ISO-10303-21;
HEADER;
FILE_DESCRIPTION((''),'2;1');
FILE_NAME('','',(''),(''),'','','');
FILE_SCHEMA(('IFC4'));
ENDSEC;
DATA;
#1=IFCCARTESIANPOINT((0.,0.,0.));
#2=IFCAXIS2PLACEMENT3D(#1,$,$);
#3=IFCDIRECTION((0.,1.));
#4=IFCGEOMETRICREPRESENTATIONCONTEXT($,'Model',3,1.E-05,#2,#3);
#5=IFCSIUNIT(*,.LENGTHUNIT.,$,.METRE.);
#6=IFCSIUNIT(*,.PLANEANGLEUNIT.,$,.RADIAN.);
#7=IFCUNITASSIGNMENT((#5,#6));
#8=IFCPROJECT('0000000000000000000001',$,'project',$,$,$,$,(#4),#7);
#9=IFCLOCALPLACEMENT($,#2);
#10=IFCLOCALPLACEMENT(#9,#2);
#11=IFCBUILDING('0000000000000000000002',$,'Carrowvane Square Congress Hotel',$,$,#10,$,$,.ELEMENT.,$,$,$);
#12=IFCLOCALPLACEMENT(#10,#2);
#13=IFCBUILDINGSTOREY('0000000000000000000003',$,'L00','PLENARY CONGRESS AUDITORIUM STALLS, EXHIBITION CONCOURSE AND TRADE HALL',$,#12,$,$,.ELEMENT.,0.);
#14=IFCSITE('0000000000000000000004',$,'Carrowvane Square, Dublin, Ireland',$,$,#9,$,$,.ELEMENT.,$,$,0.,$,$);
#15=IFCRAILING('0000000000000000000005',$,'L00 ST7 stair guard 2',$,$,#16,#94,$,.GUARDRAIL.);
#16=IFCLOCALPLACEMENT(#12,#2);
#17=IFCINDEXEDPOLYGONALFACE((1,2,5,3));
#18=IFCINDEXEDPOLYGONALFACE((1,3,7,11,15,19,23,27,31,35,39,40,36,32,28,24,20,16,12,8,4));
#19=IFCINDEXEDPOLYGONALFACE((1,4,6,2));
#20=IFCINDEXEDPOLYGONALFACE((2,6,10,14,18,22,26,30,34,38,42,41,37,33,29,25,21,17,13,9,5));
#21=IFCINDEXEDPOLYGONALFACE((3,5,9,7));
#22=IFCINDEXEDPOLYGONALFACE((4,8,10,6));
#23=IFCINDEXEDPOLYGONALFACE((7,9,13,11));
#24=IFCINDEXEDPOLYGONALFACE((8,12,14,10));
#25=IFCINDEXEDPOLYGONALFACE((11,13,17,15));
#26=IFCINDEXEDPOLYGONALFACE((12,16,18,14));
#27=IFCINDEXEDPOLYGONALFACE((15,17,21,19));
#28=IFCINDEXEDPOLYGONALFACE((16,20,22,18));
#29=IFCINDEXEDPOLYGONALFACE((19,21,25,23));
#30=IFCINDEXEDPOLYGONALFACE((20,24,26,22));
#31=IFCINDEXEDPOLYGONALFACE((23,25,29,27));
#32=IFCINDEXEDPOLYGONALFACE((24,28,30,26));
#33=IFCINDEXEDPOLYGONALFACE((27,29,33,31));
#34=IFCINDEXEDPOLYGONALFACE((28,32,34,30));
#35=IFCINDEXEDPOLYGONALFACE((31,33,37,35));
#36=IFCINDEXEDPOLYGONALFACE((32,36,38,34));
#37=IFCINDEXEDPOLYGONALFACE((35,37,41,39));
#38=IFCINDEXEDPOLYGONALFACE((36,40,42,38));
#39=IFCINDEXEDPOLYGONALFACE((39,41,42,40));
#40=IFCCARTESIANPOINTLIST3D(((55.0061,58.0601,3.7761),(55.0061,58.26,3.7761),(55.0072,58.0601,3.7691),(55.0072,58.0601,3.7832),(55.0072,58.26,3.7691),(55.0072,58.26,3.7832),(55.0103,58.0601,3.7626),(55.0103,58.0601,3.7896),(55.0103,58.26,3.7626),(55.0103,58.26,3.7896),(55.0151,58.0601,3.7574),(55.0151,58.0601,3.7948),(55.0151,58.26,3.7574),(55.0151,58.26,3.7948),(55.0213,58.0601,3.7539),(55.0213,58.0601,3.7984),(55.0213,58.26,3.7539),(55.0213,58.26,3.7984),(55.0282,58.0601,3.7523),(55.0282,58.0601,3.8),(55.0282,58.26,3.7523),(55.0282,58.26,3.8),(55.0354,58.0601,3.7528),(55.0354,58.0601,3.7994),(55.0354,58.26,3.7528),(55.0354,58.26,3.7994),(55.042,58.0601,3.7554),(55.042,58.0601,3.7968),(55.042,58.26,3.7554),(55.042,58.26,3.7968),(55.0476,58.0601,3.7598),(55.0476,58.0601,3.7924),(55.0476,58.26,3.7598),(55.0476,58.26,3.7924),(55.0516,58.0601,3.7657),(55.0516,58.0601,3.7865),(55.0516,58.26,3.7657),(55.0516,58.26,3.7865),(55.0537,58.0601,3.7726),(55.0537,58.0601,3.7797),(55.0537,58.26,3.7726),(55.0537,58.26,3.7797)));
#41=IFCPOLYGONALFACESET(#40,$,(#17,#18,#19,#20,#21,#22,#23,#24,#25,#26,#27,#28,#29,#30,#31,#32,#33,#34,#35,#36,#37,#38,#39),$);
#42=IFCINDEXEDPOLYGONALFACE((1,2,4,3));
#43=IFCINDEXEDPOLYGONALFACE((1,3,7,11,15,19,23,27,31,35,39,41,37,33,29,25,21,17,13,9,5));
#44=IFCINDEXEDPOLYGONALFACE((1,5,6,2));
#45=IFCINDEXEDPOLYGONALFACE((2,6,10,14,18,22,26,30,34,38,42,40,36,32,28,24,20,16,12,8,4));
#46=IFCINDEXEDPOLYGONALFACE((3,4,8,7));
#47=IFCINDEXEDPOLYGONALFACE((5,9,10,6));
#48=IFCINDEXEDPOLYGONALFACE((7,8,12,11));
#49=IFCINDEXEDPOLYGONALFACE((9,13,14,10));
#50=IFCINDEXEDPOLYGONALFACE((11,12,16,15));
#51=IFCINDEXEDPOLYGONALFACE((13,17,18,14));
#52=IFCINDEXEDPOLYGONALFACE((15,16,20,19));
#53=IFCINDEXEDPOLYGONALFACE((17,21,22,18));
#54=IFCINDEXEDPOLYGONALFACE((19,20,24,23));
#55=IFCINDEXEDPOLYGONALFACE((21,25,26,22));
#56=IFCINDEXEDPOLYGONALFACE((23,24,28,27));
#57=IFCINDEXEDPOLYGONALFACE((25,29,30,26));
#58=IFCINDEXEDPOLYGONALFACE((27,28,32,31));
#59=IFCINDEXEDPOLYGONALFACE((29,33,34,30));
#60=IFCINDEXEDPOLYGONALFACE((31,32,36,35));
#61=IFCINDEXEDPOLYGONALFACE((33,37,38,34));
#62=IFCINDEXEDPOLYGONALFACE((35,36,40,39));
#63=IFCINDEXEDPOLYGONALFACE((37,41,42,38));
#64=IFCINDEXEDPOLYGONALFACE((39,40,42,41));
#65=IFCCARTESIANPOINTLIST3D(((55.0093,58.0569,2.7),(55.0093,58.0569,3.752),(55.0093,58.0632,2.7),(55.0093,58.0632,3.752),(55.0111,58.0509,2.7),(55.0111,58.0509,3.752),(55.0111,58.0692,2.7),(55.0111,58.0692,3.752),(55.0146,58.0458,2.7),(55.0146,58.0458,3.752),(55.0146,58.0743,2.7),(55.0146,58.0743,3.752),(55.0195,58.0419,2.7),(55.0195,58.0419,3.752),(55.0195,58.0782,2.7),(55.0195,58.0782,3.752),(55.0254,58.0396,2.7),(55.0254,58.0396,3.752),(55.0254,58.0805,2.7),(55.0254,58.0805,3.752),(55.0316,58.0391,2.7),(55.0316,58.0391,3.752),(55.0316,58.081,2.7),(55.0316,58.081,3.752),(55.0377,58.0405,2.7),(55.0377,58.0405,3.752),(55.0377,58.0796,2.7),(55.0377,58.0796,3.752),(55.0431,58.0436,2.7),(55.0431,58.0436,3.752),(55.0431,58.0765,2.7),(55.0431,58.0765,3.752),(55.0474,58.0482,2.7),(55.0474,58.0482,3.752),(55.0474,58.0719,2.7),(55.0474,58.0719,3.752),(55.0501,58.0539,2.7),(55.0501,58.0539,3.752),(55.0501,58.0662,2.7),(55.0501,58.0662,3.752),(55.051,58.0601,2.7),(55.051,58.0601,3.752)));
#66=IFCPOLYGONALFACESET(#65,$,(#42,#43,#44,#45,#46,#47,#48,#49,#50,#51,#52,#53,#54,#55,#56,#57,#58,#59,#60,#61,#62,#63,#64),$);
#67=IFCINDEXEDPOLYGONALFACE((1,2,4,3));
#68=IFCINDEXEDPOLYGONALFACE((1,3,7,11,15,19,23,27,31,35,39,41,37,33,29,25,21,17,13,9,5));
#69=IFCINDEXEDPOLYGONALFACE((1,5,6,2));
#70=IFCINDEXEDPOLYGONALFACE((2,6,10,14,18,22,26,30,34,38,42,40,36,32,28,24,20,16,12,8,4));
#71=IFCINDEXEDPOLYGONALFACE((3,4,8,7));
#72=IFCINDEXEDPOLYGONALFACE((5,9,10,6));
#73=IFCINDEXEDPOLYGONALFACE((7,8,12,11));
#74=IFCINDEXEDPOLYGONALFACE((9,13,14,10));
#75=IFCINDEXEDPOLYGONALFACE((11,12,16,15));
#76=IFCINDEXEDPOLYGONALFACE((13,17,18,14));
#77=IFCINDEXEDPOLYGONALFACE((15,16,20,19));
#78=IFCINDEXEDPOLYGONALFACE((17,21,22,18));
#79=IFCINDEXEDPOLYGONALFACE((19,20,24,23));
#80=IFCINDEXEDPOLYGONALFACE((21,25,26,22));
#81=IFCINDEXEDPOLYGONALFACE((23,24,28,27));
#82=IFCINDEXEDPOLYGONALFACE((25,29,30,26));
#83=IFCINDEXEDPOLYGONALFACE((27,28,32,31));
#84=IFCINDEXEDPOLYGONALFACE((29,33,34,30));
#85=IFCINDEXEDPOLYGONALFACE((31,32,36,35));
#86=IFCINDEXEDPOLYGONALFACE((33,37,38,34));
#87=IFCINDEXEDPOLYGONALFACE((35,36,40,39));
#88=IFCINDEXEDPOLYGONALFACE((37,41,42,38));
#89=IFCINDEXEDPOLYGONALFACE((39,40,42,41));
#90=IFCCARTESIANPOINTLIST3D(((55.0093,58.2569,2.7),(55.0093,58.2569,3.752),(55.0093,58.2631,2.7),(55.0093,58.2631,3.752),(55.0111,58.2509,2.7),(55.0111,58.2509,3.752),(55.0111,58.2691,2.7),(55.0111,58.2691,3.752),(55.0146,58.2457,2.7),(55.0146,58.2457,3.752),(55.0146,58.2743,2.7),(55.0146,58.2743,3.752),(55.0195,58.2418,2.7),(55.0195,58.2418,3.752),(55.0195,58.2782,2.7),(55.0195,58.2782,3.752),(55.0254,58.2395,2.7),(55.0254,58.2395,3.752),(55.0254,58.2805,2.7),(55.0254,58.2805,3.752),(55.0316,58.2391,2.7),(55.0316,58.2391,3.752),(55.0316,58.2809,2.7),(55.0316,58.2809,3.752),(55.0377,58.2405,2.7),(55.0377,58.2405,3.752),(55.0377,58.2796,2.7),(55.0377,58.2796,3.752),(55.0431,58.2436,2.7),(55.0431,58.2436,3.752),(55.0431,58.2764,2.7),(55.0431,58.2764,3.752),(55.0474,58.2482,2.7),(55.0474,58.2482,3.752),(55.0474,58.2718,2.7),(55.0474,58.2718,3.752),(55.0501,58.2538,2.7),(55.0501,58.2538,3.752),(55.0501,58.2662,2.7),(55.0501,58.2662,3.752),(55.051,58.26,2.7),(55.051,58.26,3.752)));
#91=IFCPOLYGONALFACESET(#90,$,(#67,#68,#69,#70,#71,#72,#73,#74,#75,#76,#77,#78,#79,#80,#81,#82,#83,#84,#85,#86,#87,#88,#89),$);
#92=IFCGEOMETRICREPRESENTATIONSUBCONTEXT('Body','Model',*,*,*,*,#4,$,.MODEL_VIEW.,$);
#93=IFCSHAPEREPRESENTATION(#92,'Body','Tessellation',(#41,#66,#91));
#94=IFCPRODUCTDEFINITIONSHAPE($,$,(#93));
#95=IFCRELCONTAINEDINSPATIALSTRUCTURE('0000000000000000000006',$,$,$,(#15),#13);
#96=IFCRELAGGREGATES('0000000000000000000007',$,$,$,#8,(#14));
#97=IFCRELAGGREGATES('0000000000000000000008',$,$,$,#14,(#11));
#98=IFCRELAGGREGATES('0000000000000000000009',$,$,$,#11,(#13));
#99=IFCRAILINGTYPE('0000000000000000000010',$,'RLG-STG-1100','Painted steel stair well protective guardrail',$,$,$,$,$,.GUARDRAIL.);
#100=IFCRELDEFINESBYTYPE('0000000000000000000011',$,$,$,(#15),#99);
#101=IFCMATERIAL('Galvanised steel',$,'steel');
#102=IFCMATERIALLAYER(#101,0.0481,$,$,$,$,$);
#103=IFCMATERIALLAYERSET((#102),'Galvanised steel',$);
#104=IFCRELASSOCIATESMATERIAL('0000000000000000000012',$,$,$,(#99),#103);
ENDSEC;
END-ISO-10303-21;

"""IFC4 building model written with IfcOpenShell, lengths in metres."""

from ifc_helpers import new_model, si_unit, direction, frame, origin, origin_2d, place, context, subcontext, project, spatial, circle, extrude, material, layer, layer_set, type_object, element, save


model = new_model("IFC4")

# Units and contexts
model_context = context("Model", 3, precision=1e-05, world=origin(), true_north=direction((0.0, 1.0)))
body_context = subcontext(model_context, "Body", "Model", "MODEL_VIEW")
ifc_project = project(units=[si_unit("LENGTHUNIT", "METRE"), si_unit("PLANEANGLEUNIT", "RADIAN")], contexts=[model_context])

# Site, building, storey
site_placement = place(None, origin())
site = spatial("IfcSite", under=ifc_project, at=site_placement, Name="Carrowvane Square, Dublin, Ireland", CompositionType="ELEMENT", RefElevation=0.0)
building_placement = place(site_placement, origin())
building = spatial("IfcBuilding", under=site, at=building_placement, Name="Carrowvane Square Congress Hotel", CompositionType="ELEMENT")
storey_placement = place(building_placement, origin())
storey = spatial("IfcBuildingStorey", under=building, at=storey_placement, Name="L00", Description="PLENARY CONGRESS AUDITORIUM STALLS, EXHIBITION CONCOURSE AND TRADE HALL", CompositionType="ELEMENT", Elevation=0.0)

# Railing
ifc_material_1 = material(Name="Galvanised steel", Category="steel")
ifc_layer_1 = layer(ifc_material_1, 0.0481)
ifc_layer_set_1 = layer_set([ifc_layer_1], Name="Galvanised steel")
railing_type_1 = type_object("IfcRailingType", Name="RLG-STG-1100", Description="Painted steel stair well protective guardrail", PredefinedType="GUARDRAIL", material=ifc_layer_set_1)
railing_1_placement = place(storey_placement, frame((55.03, 58.0601, 2.7)))
element("IfcRailing", 1, at=railing_1_placement, inside=storey, type_object=railing_type_1, Name="L00 ST7 stair guard 2", PredefinedType="GUARDRAIL", context=body_context, shape_type="SweptSolid", body=[
    extrude(circle(Radius=0.0239, at=origin_2d()), frame((0.0, 0.0, 1.0762), z_axis=(0.0, 1.0, 0.0), x_axis=(-1.0, 0.0, 0.0)), (0.0, 0.0, 1.0), 0.2),
    extrude(circle(Radius=0.021, at=origin_2d()), origin(), (0.0, 0.0, 1.0), 1.052),
    extrude(circle(Radius=0.021, at=origin_2d()), frame((0.0, 0.2, 0.0)), (0.0, 0.0, 1.0), 1.052),
])

save(model, "model.ifc")
